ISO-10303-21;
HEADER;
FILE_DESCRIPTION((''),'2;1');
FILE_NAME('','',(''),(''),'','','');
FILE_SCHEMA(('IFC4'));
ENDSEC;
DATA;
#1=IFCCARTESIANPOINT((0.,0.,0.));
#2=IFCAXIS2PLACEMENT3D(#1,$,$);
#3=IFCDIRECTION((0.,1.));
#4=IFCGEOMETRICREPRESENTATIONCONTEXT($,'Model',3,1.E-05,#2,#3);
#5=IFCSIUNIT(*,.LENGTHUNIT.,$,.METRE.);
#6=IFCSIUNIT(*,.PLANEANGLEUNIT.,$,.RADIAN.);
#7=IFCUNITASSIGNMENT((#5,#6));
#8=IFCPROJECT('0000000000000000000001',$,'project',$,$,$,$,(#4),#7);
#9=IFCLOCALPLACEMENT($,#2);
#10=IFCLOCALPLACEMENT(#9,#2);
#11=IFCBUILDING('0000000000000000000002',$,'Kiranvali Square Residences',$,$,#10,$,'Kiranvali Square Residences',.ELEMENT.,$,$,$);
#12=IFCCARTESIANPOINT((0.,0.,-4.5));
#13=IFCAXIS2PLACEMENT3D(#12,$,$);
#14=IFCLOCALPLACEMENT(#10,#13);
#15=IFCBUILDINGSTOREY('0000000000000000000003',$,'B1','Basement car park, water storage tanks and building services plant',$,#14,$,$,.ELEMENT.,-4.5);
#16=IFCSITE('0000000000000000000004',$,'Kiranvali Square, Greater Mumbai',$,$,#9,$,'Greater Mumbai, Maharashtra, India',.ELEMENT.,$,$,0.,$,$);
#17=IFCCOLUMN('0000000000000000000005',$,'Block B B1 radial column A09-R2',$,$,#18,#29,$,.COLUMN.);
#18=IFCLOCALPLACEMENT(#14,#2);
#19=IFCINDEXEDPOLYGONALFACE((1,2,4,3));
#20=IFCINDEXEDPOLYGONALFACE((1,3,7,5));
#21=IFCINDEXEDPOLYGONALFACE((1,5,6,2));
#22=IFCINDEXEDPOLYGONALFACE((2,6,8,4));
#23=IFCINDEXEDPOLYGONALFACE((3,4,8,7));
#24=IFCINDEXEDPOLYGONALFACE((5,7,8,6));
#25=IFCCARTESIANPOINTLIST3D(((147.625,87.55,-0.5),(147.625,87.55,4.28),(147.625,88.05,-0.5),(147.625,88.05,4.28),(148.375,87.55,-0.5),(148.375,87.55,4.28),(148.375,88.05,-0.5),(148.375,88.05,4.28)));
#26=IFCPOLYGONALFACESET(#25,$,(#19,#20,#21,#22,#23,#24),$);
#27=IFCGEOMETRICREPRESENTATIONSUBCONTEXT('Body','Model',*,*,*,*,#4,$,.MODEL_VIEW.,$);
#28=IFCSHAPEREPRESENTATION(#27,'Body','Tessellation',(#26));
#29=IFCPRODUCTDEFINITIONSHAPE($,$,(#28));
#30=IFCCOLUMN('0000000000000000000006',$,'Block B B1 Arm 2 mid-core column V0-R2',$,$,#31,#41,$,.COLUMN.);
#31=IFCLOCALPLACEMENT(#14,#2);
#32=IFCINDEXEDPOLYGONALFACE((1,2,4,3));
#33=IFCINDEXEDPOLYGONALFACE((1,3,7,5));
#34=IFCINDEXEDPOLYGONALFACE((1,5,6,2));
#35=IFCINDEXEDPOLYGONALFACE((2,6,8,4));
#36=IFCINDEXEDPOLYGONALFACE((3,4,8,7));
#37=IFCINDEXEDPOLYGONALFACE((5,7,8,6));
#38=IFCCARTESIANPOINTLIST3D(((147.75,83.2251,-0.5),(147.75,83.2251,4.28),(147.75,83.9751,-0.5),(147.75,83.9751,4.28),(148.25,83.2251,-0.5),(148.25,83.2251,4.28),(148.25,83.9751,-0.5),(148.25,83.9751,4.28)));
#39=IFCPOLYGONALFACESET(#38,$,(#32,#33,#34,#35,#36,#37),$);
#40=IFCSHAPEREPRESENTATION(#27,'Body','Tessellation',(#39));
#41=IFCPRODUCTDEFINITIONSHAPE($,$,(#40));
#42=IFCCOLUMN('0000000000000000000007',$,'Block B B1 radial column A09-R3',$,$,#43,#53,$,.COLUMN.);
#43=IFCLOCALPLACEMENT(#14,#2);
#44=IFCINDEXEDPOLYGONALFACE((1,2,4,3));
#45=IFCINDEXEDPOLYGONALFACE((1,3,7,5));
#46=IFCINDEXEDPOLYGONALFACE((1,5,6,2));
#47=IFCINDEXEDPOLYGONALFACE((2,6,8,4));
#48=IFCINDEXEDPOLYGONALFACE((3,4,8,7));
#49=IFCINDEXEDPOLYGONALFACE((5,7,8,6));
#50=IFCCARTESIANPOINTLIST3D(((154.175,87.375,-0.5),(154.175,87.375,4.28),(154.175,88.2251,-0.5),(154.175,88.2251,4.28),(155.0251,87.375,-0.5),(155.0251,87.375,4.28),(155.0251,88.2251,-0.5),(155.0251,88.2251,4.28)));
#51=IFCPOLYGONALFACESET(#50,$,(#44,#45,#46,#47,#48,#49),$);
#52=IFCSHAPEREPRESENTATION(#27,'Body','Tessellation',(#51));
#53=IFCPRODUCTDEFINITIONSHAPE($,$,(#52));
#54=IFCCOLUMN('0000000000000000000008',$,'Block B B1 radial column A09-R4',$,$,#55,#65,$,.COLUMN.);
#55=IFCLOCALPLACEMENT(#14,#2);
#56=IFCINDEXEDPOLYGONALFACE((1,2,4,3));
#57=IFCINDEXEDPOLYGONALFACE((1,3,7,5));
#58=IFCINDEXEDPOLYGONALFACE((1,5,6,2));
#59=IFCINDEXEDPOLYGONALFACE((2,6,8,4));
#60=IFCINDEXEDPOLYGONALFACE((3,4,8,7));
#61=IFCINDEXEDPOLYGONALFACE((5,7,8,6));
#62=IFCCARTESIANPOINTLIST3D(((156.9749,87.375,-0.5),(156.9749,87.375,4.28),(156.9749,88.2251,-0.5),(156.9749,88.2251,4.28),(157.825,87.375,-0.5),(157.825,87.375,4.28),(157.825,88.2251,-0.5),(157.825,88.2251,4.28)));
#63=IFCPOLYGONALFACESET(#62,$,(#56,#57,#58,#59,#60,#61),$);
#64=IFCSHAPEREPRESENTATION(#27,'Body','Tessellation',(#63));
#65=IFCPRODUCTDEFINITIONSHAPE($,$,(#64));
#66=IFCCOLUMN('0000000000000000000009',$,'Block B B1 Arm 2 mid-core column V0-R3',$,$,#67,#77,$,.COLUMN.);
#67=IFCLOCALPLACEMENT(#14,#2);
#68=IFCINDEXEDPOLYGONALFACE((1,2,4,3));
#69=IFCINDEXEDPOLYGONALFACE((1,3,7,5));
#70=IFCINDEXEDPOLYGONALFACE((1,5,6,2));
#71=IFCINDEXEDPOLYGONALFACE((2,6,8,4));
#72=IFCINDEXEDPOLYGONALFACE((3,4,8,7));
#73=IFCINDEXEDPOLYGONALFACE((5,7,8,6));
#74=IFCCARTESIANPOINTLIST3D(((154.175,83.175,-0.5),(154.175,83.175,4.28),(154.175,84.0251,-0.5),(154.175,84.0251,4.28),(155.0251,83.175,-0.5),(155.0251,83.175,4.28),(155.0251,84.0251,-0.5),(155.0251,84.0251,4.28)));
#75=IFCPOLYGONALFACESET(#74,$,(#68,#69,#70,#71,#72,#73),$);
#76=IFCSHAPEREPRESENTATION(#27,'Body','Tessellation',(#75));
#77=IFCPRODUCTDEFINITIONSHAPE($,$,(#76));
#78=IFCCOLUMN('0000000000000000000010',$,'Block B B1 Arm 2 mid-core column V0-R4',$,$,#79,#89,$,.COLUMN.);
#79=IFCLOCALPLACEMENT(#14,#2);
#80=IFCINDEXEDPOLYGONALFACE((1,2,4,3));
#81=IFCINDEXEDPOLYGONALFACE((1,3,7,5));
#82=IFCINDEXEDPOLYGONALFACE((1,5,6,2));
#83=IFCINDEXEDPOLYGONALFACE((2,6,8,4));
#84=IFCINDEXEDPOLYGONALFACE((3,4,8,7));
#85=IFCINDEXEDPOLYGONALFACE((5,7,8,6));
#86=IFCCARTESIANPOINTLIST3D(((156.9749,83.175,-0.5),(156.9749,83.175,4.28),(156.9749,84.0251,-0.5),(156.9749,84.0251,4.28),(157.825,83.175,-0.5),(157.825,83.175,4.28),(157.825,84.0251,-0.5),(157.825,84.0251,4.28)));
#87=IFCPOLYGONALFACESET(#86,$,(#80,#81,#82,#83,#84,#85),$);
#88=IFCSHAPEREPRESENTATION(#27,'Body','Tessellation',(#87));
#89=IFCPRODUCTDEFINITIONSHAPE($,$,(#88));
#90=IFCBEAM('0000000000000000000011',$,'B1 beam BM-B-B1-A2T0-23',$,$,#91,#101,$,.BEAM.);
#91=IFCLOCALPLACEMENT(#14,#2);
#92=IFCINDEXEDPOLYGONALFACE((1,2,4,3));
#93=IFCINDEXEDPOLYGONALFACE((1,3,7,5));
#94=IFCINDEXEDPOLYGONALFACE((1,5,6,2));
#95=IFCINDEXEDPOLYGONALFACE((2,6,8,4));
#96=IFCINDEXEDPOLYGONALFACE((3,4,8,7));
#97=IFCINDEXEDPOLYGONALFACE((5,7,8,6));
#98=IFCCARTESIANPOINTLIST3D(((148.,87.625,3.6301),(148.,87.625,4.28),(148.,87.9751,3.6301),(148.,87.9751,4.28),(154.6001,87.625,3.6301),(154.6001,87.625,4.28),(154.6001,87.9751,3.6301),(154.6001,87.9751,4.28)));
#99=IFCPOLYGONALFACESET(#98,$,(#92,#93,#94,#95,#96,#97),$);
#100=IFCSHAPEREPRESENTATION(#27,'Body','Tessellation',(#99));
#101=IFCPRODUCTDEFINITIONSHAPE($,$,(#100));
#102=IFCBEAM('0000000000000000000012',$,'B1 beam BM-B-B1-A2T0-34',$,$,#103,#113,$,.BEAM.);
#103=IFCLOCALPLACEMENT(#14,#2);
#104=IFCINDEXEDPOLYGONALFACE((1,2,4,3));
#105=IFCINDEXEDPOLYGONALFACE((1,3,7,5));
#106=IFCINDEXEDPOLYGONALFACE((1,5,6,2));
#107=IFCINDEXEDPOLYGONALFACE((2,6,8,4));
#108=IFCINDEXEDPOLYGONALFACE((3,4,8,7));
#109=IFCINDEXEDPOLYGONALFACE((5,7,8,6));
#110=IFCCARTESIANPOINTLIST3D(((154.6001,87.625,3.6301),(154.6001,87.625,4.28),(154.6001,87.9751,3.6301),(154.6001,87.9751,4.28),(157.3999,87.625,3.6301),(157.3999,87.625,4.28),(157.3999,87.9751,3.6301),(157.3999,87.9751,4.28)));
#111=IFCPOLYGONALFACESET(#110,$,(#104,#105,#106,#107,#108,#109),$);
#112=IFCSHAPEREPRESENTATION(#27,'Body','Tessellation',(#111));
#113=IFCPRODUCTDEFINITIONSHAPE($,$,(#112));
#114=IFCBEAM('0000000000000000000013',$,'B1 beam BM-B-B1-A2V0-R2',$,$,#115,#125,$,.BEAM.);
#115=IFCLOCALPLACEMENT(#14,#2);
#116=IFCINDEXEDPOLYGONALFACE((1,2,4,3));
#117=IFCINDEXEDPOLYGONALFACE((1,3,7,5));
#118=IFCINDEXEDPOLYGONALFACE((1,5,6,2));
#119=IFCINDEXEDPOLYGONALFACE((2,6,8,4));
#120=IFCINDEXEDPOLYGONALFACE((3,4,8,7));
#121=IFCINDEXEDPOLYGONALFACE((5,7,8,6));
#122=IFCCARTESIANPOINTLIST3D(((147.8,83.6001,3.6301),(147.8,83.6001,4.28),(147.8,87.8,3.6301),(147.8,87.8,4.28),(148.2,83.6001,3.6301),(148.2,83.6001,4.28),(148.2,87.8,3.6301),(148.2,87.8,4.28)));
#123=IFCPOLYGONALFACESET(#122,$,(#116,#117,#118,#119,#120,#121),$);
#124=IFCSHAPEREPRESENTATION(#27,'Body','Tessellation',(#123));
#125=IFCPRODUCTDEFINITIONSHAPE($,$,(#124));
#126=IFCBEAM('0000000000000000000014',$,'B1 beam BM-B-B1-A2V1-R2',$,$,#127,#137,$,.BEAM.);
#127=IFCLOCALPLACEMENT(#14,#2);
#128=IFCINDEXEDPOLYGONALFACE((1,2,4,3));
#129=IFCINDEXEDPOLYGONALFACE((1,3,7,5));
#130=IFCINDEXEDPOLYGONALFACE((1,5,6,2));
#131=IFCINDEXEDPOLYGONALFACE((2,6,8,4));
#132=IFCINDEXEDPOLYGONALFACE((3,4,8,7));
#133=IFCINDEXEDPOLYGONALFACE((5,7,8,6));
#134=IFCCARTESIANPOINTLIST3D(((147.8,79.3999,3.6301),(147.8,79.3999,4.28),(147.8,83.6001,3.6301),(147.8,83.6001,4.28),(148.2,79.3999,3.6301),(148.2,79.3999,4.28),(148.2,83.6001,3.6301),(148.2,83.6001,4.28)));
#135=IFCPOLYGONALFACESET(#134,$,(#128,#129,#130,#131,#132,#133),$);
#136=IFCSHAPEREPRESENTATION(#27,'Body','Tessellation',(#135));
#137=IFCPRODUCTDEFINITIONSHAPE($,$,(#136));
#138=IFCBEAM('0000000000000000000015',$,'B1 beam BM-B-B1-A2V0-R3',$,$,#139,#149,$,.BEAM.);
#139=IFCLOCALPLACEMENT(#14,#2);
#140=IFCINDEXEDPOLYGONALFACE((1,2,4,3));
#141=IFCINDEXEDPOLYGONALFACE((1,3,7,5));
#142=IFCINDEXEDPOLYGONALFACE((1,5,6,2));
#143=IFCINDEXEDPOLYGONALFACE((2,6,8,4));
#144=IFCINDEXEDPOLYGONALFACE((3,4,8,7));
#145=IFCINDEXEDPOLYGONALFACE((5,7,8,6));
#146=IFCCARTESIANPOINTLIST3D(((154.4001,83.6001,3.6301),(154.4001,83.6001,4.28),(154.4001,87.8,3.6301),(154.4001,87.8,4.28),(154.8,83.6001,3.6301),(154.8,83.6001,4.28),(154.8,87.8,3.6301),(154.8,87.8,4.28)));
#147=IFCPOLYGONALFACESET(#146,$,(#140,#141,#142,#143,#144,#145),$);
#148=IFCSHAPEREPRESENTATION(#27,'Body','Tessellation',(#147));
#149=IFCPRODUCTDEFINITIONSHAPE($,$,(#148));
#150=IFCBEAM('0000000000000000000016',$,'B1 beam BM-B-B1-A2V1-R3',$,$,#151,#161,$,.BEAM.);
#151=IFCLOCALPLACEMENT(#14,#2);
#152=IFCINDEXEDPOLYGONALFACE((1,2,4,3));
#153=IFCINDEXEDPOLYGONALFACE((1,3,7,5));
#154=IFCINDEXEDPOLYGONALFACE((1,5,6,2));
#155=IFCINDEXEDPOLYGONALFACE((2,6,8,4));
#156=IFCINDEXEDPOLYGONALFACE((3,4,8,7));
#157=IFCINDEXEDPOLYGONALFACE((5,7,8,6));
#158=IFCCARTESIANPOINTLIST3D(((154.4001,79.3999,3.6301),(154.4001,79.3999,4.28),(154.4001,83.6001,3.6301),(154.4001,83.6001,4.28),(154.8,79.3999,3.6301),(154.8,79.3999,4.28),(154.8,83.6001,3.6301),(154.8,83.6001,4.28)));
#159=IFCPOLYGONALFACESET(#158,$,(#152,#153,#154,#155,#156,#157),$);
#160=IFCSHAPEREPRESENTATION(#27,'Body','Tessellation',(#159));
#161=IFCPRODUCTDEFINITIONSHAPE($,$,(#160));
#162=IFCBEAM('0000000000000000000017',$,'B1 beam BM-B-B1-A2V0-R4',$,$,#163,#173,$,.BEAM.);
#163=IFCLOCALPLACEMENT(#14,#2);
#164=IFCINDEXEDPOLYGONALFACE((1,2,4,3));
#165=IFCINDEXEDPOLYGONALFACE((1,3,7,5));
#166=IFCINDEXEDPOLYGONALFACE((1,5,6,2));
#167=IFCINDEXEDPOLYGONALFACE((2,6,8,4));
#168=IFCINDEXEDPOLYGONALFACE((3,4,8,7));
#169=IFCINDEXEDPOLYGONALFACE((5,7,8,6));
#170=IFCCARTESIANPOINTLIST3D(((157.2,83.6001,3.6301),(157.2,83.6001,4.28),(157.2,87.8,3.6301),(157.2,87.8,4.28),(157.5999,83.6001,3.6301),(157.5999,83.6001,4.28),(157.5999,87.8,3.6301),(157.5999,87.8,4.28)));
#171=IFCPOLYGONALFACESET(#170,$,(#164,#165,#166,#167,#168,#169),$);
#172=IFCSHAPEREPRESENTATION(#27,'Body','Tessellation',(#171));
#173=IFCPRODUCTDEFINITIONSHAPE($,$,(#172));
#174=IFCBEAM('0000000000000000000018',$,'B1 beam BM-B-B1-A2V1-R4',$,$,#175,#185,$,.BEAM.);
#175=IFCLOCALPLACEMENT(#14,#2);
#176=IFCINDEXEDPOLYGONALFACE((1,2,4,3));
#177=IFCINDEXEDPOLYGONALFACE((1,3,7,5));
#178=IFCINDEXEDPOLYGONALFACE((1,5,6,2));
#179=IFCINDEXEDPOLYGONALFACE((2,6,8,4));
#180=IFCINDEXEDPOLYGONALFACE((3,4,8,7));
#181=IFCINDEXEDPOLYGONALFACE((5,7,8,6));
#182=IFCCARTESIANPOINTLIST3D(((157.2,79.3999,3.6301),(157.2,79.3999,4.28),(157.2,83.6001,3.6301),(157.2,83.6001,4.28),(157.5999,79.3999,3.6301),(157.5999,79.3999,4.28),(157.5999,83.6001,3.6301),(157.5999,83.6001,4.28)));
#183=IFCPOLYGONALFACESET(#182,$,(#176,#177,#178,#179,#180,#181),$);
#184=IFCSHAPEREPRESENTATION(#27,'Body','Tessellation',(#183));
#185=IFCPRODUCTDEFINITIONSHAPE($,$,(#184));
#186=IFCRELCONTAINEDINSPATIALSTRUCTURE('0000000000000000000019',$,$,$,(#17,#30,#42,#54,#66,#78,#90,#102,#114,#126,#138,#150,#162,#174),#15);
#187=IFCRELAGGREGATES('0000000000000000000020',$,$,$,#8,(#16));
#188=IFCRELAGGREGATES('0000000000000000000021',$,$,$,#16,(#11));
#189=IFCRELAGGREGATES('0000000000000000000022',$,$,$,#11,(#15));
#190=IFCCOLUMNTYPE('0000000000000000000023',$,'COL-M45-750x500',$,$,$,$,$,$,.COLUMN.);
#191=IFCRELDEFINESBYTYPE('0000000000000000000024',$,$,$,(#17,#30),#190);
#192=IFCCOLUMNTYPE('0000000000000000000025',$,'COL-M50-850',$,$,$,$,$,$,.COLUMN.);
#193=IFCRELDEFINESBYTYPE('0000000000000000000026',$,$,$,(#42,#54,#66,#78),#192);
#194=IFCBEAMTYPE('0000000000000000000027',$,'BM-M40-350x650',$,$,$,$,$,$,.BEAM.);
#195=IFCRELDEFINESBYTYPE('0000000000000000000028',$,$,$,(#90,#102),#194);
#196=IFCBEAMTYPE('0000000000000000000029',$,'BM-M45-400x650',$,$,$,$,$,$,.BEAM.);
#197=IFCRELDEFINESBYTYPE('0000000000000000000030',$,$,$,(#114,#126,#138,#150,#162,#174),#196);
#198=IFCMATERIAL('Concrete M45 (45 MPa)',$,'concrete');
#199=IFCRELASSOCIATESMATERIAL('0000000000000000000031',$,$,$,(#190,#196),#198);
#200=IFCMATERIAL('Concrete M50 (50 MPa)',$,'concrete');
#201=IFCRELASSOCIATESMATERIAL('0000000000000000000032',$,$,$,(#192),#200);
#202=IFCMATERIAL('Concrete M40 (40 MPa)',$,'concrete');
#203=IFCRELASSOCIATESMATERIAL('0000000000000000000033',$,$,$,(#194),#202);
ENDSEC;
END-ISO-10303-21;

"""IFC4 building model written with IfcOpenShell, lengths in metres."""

from ifc_helpers import new_model, si_unit, direction, frame, origin, origin_2d, place, context, subcontext, project, spatial, rectangle, extrude, material, material_profile, profile_set, type_object, element, save


model = new_model("IFC4")

# Units and contexts
model_context = context("Model", 3, precision=1e-05, world=origin(), true_north=direction((0.0, 1.0)))
body_context = subcontext(model_context, "Body", "Model", "MODEL_VIEW")
ifc_project = project(units=[si_unit("LENGTHUNIT", "METRE"), si_unit("PLANEANGLEUNIT", "RADIAN")], contexts=[model_context])

# Site, building, storey
site_placement = place(None, origin())
site = spatial("IfcSite", under=ifc_project, at=site_placement, Name="Kiranvali Square, Greater Mumbai", LongName="Greater Mumbai, Maharashtra, India", CompositionType="ELEMENT", RefElevation=0.0)
building_placement = place(site_placement, origin())
building = spatial("IfcBuilding", under=site, at=building_placement, Name="Kiranvali Square Residences", LongName="Kiranvali Square Residences", CompositionType="ELEMENT")
storey_placement = place(building_placement, frame((0.0, 0.0, -4.5)))
storey = spatial("IfcBuildingStorey", under=building, at=storey_placement, Name="B1", Description="Basement car park, water storage tanks and building services plant", CompositionType="ELEMENT", Elevation=-4.5)

# Shared definitions
ifc_material_1 = material(Name="Concrete M40 (40 MPa)", Category="concrete")

# Columns
ifc_material_2 = material(Name="Concrete M45 (45 MPa)", Category="concrete")
ifc_material_profile_1 = material_profile(ifc_material_2, rectangle(XDim=0.5, YDim=0.75, at=origin_2d()), Name="RC 750x500")
ifc_profile_set_1 = profile_set([ifc_material_profile_1], Name="Concrete M45 (45 MPa)")
column_type_1 = type_object("IfcColumnType", Name="COL-M45-750x500", PredefinedType="COLUMN", material=ifc_profile_set_1)
for number, where, z_axis, x_axis, name in (
    (1, (148.0, 87.8, -0.5), (0.0, 0.0, 1.0), (0.0, 1.0, 0.0), "Block B B1 radial column A09-R2"),
    (2, (148.0, 83.6001, -0.5), (0.0, 0.0, 1.0), (1.0, 0.0, 0.0), "Block B B1 Arm 2 mid-core column V0-R2"),
):
    element("IfcColumn", number, at=place(storey_placement, frame(where, z_axis=z_axis, x_axis=x_axis)), inside=storey, type_object=column_type_1, Name=name, PredefinedType="COLUMN", context=body_context, shape_type="SweptSolid", body=[
        extrude(rectangle(XDim=0.5, YDim=0.75, at=origin_2d()), origin(), (0.0, 0.0, 1.0), 4.78),
    ])
ifc_material_3 = material(Name="Concrete M50 (50 MPa)", Category="concrete")
ifc_material_profile_2 = material_profile(ifc_material_3, rectangle(XDim=0.8501, YDim=0.8501, at=origin_2d()), Name="RC 850x850")
ifc_profile_set_2 = profile_set([ifc_material_profile_2], Name="Concrete M50 (50 MPa)")
column_type_2 = type_object("IfcColumnType", Name="COL-M50-850", PredefinedType="COLUMN", material=ifc_profile_set_2)
for number, where, z_axis, x_axis, name in (
    (3, (154.6001, 87.8, -0.5), (0.0, 0.0, 1.0), (0.0, 1.0, 0.0), "Block B B1 radial column A09-R3"),
    (4, (157.3999, 87.8, -0.5), (0.0, 0.0, 1.0), (0.0, 1.0, 0.0), "Block B B1 radial column A09-R4"),
    (5, (154.6001, 83.6001, -0.5), (0.0, 0.0, 1.0), (1.0, 0.0, 0.0), "Block B B1 Arm 2 mid-core column V0-R3"),
    (6, (157.3999, 83.6001, -0.5), (0.0, 0.0, 1.0), (1.0, 0.0, 0.0), "Block B B1 Arm 2 mid-core column V0-R4"),
):
    element("IfcColumn", number, at=place(storey_placement, frame(where, z_axis=z_axis, x_axis=x_axis)), inside=storey, type_object=column_type_2, Name=name, PredefinedType="COLUMN", context=body_context, shape_type="SweptSolid", body=[
        extrude(rectangle(XDim=0.8501, YDim=0.8501, at=origin_2d()), origin(), (0.0, 0.0, 1.0), 4.78),
    ])

# Beams
ifc_material_profile_3 = material_profile(ifc_material_1, rectangle(XDim=0.3501, YDim=0.6499, at=origin_2d()), Name="RC 350x650")
ifc_profile_set_3 = profile_set([ifc_material_profile_3], Name="Concrete M40 (40 MPa)")
beam_type_1 = type_object("IfcBeamType", Name="BM-M40-350x650", PredefinedType="BEAM", material=ifc_profile_set_3)
beam_1_placement = place(storey_placement, frame((148.0, 87.8, 3.9551), z_axis=(1.0, 0.0, 0.0), x_axis=(0.0, 1.0, 0.0)))
element("IfcBeam", 7, at=beam_1_placement, inside=storey, type_object=beam_type_1, Name="B1 beam BM-B-B1-A2T0-23", PredefinedType="BEAM", context=body_context, shape_type="SweptSolid", body=[
    extrude(rectangle(XDim=0.3501, YDim=0.6499, at=origin_2d()), origin(), (0.0, 0.0, 1.0), 6.6001),
])
beam_2_placement = place(storey_placement, frame((154.6001, 87.8, 3.9551), z_axis=(1.0, 0.0, 0.0), x_axis=(0.0, 1.0, 0.0)))
element("IfcBeam", 8, at=beam_2_placement, inside=storey, type_object=beam_type_1, Name="B1 beam BM-B-B1-A2T0-34", PredefinedType="BEAM", context=body_context, shape_type="SweptSolid", body=[
    extrude(rectangle(XDim=0.3501, YDim=0.6499, at=origin_2d()), origin(), (0.0, 0.0, 1.0), 2.7998),
])
ifc_material_profile_4 = material_profile(ifc_material_2, rectangle(XDim=0.3999, YDim=0.6499, at=origin_2d()), Name="RC 400x650")
ifc_profile_set_4 = profile_set([ifc_material_profile_4], Name="Concrete M45 (45 MPa)")
beam_type_2 = type_object("IfcBeamType", Name="BM-M45-400x650", PredefinedType="BEAM", material=ifc_profile_set_4)
beam_3_placement = place(storey_placement, frame((148.0, 87.8, 3.9551), z_axis=(0.0, -1.0, 0.0), x_axis=(1.0, 0.0, 0.0)))
element("IfcBeam", 9, at=beam_3_placement, inside=storey, type_object=beam_type_2, Name="B1 beam BM-B-B1-A2V0-R2", PredefinedType="BEAM", context=body_context, shape_type="SweptSolid", body=[
    extrude(rectangle(XDim=0.3999, YDim=0.6499, at=origin_2d()), origin(), (0.0, 0.0, 1.0), 4.2),
])
beam_4_placement = place(storey_placement, frame((148.0, 83.6001, 3.9551), z_axis=(0.0, -1.0, 0.0), x_axis=(1.0, 0.0, 0.0)))
element("IfcBeam", 10, at=beam_4_placement, inside=storey, type_object=beam_type_2, Name="B1 beam BM-B-B1-A2V1-R2", PredefinedType="BEAM", context=body_context, shape_type="SweptSolid", body=[
    extrude(rectangle(XDim=0.3999, YDim=0.6499, at=origin_2d()), origin(), (0.0, 0.0, 1.0), 4.2002),
])
beam_5_placement = place(storey_placement, frame((154.6001, 87.8, 3.9551), z_axis=(0.0, -1.0, 0.0), x_axis=(1.0, 0.0, 0.0)))
element("IfcBeam", 11, at=beam_5_placement, inside=storey, type_object=beam_type_2, Name="B1 beam BM-B-B1-A2V0-R3", PredefinedType="BEAM", context=body_context, shape_type="SweptSolid", body=[
    extrude(rectangle(XDim=0.3999, YDim=0.6499, at=origin_2d()), origin(), (0.0, 0.0, 1.0), 4.2),
])
beam_6_placement = place(storey_placement, frame((154.6001, 83.6001, 3.9551), z_axis=(0.0, -1.0, 0.0), x_axis=(1.0, 0.0, 0.0)))
element("IfcBeam", 12, at=beam_6_placement, inside=storey, type_object=beam_type_2, Name="B1 beam BM-B-B1-A2V1-R3", PredefinedType="BEAM", context=body_context, shape_type="SweptSolid", body=[
    extrude(rectangle(XDim=0.3999, YDim=0.6499, at=origin_2d()), origin(), (0.0, 0.0, 1.0), 4.2002),
])
beam_7_placement = place(storey_placement, frame((157.3999, 87.8, 3.9551), z_axis=(0.0, -1.0, 0.0), x_axis=(1.0, 0.0, 0.0)))
element("IfcBeam", 13, at=beam_7_placement, inside=storey, type_object=beam_type_2, Name="B1 beam BM-B-B1-A2V0-R4", PredefinedType="BEAM", context=body_context, shape_type="SweptSolid", body=[
    extrude(rectangle(XDim=0.3999, YDim=0.6499, at=origin_2d()), origin(), (0.0, 0.0, 1.0), 4.2),
])
beam_8_placement = place(storey_placement, frame((157.3999, 83.6001, 3.9551), z_axis=(0.0, -1.0, 0.0), x_axis=(1.0, 0.0, 0.0)))
element("IfcBeam", 14, at=beam_8_placement, inside=storey, type_object=beam_type_2, Name="B1 beam BM-B-B1-A2V1-R4", PredefinedType="BEAM", context=body_context, shape_type="SweptSolid", body=[
    extrude(rectangle(XDim=0.3999, YDim=0.6499, at=origin_2d()), origin(), (0.0, 0.0, 1.0), 4.2002),
])

save(model, "model.ifc")
